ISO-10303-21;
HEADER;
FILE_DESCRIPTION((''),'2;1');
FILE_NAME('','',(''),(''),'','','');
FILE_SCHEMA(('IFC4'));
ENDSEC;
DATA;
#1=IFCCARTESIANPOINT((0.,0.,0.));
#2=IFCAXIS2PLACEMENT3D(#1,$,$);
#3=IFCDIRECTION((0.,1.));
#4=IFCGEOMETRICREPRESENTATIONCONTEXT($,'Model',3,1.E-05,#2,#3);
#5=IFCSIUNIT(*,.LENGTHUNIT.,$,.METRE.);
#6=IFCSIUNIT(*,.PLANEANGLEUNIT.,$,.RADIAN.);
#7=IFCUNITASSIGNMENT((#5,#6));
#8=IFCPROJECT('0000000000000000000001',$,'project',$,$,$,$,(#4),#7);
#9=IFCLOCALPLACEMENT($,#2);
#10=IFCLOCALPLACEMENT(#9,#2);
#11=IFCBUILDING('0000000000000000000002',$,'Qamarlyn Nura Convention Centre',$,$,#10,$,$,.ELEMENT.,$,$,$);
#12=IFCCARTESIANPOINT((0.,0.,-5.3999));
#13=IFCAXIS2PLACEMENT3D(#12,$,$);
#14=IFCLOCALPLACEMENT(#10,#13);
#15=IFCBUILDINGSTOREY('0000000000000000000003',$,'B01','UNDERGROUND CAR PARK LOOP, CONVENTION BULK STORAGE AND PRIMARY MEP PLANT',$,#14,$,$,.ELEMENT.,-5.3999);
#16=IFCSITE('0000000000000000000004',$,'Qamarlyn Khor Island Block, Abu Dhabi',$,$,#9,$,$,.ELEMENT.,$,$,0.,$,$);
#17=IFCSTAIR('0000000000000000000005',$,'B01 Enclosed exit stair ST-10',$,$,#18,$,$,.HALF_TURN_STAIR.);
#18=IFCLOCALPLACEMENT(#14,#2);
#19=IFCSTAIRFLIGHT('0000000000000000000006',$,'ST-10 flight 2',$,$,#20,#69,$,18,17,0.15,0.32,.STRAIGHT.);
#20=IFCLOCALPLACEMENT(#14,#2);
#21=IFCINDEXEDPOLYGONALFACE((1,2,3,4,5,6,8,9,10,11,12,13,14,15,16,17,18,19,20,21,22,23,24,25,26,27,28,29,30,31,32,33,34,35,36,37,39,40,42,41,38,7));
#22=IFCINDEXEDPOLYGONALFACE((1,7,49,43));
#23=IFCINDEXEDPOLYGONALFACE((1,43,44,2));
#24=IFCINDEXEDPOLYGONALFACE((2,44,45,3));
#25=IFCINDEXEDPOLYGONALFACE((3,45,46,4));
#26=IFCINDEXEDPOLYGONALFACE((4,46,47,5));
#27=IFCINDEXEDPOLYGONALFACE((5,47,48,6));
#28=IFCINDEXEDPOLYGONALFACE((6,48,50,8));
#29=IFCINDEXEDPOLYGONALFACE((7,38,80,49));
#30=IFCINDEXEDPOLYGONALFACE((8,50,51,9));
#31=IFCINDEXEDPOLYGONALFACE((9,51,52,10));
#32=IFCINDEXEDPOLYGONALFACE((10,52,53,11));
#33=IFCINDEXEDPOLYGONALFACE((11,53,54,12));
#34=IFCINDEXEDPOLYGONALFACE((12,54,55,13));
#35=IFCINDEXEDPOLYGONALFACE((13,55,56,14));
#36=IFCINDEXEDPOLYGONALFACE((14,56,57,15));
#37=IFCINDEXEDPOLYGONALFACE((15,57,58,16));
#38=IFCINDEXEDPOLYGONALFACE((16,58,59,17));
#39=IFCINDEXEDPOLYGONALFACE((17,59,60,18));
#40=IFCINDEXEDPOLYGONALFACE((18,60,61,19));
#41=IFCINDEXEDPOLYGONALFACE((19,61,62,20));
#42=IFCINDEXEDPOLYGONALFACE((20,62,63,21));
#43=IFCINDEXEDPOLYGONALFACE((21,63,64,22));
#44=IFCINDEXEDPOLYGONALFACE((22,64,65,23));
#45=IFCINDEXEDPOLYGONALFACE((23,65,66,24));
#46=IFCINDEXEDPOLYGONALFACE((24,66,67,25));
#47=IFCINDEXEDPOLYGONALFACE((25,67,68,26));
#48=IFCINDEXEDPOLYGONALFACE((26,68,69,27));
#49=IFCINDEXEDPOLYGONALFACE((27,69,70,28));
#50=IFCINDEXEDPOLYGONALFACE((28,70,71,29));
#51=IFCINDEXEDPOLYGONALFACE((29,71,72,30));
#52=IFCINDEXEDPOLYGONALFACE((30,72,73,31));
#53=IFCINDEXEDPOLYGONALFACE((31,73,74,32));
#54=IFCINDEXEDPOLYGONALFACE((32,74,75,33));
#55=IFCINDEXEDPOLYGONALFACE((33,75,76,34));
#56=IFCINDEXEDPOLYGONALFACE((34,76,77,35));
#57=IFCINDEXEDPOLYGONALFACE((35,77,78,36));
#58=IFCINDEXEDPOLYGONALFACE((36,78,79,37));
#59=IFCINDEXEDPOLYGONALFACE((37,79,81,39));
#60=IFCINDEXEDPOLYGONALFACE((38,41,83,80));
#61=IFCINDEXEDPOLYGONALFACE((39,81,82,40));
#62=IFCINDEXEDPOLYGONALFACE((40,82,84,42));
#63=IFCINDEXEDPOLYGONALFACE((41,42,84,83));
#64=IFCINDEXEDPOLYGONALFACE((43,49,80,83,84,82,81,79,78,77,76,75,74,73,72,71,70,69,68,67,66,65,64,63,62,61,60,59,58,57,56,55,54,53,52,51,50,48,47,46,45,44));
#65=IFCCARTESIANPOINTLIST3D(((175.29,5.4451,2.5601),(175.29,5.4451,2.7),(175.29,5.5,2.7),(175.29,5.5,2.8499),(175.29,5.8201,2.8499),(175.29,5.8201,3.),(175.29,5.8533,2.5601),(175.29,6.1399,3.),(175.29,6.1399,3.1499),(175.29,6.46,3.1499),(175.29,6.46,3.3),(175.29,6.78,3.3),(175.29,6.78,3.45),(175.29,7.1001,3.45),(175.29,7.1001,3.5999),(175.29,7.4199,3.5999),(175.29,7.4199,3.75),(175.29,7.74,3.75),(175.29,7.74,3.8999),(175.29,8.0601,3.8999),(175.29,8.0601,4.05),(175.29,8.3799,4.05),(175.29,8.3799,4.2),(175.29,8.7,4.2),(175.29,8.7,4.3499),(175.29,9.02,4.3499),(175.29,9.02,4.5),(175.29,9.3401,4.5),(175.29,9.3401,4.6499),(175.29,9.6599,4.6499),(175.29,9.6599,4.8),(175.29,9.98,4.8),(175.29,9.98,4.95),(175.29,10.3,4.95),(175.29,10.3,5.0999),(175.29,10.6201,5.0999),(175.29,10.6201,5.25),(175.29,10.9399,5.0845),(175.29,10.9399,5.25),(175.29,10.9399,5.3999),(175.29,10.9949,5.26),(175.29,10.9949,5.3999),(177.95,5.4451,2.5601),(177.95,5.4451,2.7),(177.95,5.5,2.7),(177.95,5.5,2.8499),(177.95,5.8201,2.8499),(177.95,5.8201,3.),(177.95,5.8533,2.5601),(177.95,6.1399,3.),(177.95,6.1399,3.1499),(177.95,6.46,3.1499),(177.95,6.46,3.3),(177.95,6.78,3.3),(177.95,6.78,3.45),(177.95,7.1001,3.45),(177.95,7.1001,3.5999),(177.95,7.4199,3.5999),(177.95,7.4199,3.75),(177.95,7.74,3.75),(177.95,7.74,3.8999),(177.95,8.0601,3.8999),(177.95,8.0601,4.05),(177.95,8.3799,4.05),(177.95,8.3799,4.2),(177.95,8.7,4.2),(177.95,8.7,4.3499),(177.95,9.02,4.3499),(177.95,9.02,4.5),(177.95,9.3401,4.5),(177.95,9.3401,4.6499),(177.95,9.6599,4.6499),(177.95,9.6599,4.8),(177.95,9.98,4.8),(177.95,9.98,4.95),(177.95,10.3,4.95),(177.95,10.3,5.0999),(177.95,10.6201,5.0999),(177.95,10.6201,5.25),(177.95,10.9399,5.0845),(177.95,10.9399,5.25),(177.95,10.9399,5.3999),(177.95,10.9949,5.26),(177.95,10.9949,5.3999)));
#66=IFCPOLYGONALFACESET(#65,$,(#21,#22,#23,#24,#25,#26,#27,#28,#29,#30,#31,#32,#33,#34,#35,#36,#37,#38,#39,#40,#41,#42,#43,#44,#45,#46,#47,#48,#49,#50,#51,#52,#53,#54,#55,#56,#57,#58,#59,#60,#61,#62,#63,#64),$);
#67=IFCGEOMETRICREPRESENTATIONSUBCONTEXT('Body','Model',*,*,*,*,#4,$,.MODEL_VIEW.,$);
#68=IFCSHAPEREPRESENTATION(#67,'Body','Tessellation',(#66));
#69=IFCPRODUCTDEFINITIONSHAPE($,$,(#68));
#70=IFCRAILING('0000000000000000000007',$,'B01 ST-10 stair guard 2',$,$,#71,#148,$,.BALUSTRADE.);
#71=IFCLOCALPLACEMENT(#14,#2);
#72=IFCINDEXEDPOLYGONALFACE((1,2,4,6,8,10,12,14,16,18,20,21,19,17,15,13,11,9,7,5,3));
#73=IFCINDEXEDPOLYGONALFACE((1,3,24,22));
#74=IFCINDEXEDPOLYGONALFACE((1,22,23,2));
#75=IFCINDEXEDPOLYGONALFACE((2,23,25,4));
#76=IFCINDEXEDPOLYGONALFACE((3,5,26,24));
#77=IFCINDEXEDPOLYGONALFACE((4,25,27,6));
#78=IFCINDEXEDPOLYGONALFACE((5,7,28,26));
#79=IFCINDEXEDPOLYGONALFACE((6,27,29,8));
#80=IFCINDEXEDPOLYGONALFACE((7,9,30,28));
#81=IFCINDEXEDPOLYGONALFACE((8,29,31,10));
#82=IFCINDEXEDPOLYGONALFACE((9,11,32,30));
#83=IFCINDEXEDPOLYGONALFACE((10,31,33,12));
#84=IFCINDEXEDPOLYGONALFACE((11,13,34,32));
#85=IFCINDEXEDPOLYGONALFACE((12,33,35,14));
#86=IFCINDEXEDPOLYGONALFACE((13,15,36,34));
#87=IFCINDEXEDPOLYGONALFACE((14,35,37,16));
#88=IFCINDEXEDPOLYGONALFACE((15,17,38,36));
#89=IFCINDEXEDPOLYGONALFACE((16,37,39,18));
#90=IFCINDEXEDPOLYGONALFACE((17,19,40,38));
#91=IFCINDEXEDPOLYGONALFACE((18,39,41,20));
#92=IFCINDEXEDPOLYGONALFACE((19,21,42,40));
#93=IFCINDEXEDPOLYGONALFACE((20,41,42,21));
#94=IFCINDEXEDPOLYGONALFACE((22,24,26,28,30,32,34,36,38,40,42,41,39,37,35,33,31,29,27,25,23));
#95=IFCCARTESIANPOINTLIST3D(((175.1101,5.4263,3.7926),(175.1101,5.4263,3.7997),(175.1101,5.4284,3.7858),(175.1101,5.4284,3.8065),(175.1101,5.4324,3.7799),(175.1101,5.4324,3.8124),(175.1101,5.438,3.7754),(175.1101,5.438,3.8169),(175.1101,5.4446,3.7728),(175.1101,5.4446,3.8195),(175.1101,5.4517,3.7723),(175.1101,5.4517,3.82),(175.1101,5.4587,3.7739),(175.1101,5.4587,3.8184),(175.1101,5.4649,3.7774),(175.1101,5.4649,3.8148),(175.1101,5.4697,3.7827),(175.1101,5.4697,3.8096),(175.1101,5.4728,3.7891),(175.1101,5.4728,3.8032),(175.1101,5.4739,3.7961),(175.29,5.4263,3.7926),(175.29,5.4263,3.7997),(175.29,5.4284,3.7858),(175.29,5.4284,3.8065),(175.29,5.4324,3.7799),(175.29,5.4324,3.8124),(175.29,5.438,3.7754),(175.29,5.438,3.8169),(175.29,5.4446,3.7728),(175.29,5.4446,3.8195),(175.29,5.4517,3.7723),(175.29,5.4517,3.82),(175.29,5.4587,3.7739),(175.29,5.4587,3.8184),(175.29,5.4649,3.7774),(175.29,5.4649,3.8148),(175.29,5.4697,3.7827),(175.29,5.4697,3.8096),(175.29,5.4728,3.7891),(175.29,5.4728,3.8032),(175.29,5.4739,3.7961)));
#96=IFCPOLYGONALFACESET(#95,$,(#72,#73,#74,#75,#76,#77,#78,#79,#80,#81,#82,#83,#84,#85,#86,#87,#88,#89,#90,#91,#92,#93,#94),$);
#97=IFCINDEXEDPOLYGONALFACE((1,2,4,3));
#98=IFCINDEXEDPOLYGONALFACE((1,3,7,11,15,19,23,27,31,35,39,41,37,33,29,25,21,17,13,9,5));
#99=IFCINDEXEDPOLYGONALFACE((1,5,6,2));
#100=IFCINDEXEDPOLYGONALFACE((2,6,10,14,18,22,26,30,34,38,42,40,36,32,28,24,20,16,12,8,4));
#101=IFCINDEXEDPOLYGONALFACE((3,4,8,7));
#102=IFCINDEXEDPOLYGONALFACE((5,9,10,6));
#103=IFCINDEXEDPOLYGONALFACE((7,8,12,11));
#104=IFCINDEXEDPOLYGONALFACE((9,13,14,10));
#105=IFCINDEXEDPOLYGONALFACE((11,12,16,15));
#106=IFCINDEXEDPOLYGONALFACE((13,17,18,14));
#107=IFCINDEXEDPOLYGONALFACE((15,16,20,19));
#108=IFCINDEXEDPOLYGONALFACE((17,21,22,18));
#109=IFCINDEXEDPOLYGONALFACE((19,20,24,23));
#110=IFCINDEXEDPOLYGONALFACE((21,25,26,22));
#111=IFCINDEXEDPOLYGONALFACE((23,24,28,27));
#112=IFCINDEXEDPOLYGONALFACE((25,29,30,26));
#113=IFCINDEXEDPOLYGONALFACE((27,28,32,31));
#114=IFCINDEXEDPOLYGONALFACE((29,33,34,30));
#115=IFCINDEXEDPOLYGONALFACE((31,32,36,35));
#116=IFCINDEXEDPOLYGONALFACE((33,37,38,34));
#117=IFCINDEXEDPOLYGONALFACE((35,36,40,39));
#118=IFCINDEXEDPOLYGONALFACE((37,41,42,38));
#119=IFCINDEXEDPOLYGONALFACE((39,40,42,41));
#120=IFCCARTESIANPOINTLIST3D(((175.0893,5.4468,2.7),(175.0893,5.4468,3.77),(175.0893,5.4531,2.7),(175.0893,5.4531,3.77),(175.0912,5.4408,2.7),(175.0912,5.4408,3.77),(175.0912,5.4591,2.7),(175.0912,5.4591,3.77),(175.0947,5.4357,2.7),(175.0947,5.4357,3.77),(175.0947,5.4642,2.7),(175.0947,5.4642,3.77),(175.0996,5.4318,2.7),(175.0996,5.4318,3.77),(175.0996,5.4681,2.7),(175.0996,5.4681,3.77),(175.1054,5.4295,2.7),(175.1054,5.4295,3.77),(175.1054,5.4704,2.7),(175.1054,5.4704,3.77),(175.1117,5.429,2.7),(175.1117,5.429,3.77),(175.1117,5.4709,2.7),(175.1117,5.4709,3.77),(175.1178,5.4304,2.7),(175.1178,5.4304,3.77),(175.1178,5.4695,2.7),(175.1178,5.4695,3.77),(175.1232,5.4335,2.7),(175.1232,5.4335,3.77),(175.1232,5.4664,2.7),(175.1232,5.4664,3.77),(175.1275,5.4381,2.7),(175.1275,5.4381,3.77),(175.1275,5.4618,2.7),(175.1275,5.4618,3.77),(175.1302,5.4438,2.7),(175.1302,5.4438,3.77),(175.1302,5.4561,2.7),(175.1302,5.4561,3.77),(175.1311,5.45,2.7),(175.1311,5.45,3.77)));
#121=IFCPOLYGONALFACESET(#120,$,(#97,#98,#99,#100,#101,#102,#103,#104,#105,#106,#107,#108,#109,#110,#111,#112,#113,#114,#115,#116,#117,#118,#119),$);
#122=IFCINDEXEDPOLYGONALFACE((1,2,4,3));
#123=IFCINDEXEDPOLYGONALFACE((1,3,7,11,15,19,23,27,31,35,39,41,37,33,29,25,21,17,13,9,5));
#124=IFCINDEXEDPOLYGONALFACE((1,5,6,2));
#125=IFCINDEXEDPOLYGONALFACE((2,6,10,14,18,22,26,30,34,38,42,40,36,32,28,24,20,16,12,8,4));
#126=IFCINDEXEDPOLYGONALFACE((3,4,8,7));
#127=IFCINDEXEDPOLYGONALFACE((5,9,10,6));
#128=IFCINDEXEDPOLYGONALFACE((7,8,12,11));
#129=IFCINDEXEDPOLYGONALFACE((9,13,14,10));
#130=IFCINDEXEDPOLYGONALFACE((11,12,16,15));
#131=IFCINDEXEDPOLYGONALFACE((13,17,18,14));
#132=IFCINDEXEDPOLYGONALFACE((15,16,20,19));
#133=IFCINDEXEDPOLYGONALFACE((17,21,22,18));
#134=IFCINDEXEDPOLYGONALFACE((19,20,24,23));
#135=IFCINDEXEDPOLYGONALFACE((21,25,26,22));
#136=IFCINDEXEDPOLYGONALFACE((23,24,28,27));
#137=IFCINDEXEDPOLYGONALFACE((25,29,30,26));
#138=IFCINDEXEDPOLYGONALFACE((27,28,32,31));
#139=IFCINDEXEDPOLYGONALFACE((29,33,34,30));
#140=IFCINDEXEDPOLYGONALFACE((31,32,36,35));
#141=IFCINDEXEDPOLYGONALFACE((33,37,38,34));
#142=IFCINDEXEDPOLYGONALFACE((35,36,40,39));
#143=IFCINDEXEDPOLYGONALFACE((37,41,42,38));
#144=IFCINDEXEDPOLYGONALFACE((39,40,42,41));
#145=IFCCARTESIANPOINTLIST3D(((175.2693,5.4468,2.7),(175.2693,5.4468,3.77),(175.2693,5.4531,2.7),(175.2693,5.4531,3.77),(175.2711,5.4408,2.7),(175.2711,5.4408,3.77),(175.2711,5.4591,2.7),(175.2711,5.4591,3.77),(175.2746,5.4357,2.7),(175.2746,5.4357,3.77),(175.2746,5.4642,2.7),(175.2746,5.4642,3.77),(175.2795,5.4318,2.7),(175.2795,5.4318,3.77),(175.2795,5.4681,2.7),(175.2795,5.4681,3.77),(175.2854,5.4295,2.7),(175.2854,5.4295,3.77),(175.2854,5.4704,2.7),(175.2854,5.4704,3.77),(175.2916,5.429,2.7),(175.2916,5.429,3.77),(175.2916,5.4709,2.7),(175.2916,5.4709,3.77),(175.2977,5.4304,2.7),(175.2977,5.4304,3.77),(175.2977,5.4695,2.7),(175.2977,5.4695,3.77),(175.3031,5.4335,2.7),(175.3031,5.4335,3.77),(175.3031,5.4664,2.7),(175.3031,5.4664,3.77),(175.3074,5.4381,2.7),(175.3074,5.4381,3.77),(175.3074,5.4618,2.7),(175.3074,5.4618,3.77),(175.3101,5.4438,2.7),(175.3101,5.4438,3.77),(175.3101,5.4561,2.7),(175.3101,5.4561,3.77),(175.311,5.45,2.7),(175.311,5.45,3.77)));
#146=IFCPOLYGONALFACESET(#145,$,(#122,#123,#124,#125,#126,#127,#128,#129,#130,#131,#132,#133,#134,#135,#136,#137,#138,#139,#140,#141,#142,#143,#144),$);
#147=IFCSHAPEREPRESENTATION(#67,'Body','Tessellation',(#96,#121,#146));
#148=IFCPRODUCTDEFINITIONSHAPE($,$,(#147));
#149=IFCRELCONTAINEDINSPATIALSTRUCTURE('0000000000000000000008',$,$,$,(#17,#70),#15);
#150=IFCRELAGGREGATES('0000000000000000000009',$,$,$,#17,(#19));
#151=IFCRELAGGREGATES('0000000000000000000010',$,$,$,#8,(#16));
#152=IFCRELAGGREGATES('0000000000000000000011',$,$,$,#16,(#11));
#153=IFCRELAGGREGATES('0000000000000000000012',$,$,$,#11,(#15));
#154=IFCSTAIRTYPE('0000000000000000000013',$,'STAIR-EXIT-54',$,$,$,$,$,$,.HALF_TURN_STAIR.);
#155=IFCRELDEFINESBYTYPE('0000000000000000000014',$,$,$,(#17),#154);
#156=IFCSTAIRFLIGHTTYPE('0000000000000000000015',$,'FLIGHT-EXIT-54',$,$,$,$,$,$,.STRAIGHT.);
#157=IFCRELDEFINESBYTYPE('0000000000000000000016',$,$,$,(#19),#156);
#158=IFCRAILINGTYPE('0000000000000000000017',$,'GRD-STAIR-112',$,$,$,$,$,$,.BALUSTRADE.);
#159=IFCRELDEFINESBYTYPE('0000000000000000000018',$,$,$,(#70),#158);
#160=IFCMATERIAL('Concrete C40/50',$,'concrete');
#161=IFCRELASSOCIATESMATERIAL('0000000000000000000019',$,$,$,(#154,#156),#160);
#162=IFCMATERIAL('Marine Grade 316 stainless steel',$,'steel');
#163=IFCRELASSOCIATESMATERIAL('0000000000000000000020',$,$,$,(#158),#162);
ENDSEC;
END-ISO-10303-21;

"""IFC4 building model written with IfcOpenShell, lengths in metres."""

from ifc_helpers import new_model, si_unit, direction, frame, origin, origin_2d, place, context, subcontext, project, spatial, polyline, circle, outline, extrude, material, type_object, element, aggregate, save


model = new_model("IFC4")

# Units and contexts
model_context = context("Model", 3, precision=1e-05, world=origin(), true_north=direction((0.0, 1.0)))
body_context = subcontext(model_context, "Body", "Model", "MODEL_VIEW")
ifc_project = project(units=[si_unit("LENGTHUNIT", "METRE"), si_unit("PLANEANGLEUNIT", "RADIAN")], contexts=[model_context])

# Site, building, storey
site_placement = place(None, origin())
site = spatial("IfcSite", under=ifc_project, at=site_placement, Name="Qamarlyn Khor Island Block, Abu Dhabi", CompositionType="ELEMENT", RefElevation=0.0)
building_placement = place(site_placement, origin())
building = spatial("IfcBuilding", under=site, at=building_placement, Name="Qamarlyn Nura Convention Centre", CompositionType="ELEMENT")
storey_placement = place(building_placement, frame((0.0, 0.0, -5.3999)))
storey = spatial("IfcBuildingStorey", under=building, at=storey_placement, Name="B01", Description="UNDERGROUND CAR PARK LOOP, CONVENTION BULK STORAGE AND PRIMARY MEP PLANT", CompositionType="ELEMENT", Elevation=-5.3999)

# Shared definitions
ifc_material_1 = material(Name="Concrete C40/50", Category="concrete")

# Stair, stair flight
stair_type = type_object("IfcStairType", Name="STAIR-EXIT-54", PredefinedType="HALF_TURN_STAIR", material=ifc_material_1)
stair_placement = place(storey_placement, origin())
stair = element("IfcStair", 1, at=stair_placement, inside=storey, type_object=stair_type, Name="B01 Enclosed exit stair ST-10", PredefinedType="HALF_TURN_STAIR")
stair_flight_type = type_object("IfcStairFlightType", Name="FLIGHT-EXIT-54", PredefinedType="STRAIGHT", material=ifc_material_1)
stair_flight_placement = place(storey_placement, frame((176.6201, 5.5, 2.7), z_axis=(0.0, 0.0, 1.0), x_axis=(0.0, 1.0, 0.0)))
stair_flight = element("IfcStairFlight", 2, at=stair_flight_placement, type_object=stair_flight_type, Name="ST-10 flight 2", NumberOfRisers=18, NumberOfTreads=17, PredefinedType="STRAIGHT", RiserHeight=0.15, TreadLength=0.32, context=body_context, shape_type="SweptSolid", body=[
    extrude(outline(polyline([(-0.0549, 0.0), (0.0, 0.0), (0.0, 0.1499), (0.3201, 0.1499), (0.3201, 0.3), (0.6399, 0.3), (0.6399, 0.45), (0.96, 0.45), (0.96, 0.6001), (1.28, 0.6001), (1.28, 0.75), (1.6001, 0.75), (1.6001, 0.8999), (1.9199, 0.8999), (1.9199, 1.05), (2.24, 1.05), (2.24, 1.2), (2.5601, 1.2), (2.5601, 1.3501), (2.8799, 1.3501), (2.8799, 1.5), (3.2, 1.5), (3.2, 1.6499), (3.52, 1.6499), (3.52, 1.8), (3.8401, 1.8), (3.8401, 1.95), (4.1599, 1.95), (4.1599, 2.1001), (4.48, 2.1001), (4.48, 2.25), (4.8, 2.25), (4.8, 2.3999), (5.1201, 2.3999), (5.1201, 2.55), (5.4399, 2.55), (5.4399, 2.7), (5.4949, 2.7), (5.4949, 2.5601), (5.4399, 2.3845), (0.3533, -0.1399), (-0.0549, -0.1399), (-0.0549, 0.0)])), frame((0.0, 1.3301, 0.0), z_axis=(0.0, -1.0, 0.0), x_axis=(1.0, 0.0, 0.0)), (0.0, 0.0, 1.0), 2.6599),
])
aggregate(stair, [stair_flight])

# Railing
ifc_material_2 = material(Name="Marine Grade 316 stainless steel", Category="steel")
railing_type_1 = type_object("IfcRailingType", Name="GRD-STAIR-112", PredefinedType="BALUSTRADE", material=ifc_material_2)
railing_1_placement = place(storey_placement, frame((175.1101, 5.45, 2.7)))
element("IfcRailing", 3, at=railing_1_placement, inside=storey, type_object=railing_type_1, Name="B01 ST-10 stair guard 2", PredefinedType="BALUSTRADE", context=body_context, shape_type="SweptSolid", body=[
    extrude(circle(Radius=0.0239, at=origin_2d()), frame((0.0, 0.0, 1.0962), z_axis=(1.0, 0.0, 0.0), x_axis=(0.0, 1.0, 0.0)), (0.0, 0.0, 1.0), 0.1799),
    extrude(circle(Radius=0.021, at=origin_2d()), origin(), (0.0, 0.0, 1.0), 1.0701),
    extrude(circle(Radius=0.021, at=origin_2d()), frame((0.1799, 0.0, 0.0)), (0.0, 0.0, 1.0), 1.0701),
])

save(model, "model.ifc")
